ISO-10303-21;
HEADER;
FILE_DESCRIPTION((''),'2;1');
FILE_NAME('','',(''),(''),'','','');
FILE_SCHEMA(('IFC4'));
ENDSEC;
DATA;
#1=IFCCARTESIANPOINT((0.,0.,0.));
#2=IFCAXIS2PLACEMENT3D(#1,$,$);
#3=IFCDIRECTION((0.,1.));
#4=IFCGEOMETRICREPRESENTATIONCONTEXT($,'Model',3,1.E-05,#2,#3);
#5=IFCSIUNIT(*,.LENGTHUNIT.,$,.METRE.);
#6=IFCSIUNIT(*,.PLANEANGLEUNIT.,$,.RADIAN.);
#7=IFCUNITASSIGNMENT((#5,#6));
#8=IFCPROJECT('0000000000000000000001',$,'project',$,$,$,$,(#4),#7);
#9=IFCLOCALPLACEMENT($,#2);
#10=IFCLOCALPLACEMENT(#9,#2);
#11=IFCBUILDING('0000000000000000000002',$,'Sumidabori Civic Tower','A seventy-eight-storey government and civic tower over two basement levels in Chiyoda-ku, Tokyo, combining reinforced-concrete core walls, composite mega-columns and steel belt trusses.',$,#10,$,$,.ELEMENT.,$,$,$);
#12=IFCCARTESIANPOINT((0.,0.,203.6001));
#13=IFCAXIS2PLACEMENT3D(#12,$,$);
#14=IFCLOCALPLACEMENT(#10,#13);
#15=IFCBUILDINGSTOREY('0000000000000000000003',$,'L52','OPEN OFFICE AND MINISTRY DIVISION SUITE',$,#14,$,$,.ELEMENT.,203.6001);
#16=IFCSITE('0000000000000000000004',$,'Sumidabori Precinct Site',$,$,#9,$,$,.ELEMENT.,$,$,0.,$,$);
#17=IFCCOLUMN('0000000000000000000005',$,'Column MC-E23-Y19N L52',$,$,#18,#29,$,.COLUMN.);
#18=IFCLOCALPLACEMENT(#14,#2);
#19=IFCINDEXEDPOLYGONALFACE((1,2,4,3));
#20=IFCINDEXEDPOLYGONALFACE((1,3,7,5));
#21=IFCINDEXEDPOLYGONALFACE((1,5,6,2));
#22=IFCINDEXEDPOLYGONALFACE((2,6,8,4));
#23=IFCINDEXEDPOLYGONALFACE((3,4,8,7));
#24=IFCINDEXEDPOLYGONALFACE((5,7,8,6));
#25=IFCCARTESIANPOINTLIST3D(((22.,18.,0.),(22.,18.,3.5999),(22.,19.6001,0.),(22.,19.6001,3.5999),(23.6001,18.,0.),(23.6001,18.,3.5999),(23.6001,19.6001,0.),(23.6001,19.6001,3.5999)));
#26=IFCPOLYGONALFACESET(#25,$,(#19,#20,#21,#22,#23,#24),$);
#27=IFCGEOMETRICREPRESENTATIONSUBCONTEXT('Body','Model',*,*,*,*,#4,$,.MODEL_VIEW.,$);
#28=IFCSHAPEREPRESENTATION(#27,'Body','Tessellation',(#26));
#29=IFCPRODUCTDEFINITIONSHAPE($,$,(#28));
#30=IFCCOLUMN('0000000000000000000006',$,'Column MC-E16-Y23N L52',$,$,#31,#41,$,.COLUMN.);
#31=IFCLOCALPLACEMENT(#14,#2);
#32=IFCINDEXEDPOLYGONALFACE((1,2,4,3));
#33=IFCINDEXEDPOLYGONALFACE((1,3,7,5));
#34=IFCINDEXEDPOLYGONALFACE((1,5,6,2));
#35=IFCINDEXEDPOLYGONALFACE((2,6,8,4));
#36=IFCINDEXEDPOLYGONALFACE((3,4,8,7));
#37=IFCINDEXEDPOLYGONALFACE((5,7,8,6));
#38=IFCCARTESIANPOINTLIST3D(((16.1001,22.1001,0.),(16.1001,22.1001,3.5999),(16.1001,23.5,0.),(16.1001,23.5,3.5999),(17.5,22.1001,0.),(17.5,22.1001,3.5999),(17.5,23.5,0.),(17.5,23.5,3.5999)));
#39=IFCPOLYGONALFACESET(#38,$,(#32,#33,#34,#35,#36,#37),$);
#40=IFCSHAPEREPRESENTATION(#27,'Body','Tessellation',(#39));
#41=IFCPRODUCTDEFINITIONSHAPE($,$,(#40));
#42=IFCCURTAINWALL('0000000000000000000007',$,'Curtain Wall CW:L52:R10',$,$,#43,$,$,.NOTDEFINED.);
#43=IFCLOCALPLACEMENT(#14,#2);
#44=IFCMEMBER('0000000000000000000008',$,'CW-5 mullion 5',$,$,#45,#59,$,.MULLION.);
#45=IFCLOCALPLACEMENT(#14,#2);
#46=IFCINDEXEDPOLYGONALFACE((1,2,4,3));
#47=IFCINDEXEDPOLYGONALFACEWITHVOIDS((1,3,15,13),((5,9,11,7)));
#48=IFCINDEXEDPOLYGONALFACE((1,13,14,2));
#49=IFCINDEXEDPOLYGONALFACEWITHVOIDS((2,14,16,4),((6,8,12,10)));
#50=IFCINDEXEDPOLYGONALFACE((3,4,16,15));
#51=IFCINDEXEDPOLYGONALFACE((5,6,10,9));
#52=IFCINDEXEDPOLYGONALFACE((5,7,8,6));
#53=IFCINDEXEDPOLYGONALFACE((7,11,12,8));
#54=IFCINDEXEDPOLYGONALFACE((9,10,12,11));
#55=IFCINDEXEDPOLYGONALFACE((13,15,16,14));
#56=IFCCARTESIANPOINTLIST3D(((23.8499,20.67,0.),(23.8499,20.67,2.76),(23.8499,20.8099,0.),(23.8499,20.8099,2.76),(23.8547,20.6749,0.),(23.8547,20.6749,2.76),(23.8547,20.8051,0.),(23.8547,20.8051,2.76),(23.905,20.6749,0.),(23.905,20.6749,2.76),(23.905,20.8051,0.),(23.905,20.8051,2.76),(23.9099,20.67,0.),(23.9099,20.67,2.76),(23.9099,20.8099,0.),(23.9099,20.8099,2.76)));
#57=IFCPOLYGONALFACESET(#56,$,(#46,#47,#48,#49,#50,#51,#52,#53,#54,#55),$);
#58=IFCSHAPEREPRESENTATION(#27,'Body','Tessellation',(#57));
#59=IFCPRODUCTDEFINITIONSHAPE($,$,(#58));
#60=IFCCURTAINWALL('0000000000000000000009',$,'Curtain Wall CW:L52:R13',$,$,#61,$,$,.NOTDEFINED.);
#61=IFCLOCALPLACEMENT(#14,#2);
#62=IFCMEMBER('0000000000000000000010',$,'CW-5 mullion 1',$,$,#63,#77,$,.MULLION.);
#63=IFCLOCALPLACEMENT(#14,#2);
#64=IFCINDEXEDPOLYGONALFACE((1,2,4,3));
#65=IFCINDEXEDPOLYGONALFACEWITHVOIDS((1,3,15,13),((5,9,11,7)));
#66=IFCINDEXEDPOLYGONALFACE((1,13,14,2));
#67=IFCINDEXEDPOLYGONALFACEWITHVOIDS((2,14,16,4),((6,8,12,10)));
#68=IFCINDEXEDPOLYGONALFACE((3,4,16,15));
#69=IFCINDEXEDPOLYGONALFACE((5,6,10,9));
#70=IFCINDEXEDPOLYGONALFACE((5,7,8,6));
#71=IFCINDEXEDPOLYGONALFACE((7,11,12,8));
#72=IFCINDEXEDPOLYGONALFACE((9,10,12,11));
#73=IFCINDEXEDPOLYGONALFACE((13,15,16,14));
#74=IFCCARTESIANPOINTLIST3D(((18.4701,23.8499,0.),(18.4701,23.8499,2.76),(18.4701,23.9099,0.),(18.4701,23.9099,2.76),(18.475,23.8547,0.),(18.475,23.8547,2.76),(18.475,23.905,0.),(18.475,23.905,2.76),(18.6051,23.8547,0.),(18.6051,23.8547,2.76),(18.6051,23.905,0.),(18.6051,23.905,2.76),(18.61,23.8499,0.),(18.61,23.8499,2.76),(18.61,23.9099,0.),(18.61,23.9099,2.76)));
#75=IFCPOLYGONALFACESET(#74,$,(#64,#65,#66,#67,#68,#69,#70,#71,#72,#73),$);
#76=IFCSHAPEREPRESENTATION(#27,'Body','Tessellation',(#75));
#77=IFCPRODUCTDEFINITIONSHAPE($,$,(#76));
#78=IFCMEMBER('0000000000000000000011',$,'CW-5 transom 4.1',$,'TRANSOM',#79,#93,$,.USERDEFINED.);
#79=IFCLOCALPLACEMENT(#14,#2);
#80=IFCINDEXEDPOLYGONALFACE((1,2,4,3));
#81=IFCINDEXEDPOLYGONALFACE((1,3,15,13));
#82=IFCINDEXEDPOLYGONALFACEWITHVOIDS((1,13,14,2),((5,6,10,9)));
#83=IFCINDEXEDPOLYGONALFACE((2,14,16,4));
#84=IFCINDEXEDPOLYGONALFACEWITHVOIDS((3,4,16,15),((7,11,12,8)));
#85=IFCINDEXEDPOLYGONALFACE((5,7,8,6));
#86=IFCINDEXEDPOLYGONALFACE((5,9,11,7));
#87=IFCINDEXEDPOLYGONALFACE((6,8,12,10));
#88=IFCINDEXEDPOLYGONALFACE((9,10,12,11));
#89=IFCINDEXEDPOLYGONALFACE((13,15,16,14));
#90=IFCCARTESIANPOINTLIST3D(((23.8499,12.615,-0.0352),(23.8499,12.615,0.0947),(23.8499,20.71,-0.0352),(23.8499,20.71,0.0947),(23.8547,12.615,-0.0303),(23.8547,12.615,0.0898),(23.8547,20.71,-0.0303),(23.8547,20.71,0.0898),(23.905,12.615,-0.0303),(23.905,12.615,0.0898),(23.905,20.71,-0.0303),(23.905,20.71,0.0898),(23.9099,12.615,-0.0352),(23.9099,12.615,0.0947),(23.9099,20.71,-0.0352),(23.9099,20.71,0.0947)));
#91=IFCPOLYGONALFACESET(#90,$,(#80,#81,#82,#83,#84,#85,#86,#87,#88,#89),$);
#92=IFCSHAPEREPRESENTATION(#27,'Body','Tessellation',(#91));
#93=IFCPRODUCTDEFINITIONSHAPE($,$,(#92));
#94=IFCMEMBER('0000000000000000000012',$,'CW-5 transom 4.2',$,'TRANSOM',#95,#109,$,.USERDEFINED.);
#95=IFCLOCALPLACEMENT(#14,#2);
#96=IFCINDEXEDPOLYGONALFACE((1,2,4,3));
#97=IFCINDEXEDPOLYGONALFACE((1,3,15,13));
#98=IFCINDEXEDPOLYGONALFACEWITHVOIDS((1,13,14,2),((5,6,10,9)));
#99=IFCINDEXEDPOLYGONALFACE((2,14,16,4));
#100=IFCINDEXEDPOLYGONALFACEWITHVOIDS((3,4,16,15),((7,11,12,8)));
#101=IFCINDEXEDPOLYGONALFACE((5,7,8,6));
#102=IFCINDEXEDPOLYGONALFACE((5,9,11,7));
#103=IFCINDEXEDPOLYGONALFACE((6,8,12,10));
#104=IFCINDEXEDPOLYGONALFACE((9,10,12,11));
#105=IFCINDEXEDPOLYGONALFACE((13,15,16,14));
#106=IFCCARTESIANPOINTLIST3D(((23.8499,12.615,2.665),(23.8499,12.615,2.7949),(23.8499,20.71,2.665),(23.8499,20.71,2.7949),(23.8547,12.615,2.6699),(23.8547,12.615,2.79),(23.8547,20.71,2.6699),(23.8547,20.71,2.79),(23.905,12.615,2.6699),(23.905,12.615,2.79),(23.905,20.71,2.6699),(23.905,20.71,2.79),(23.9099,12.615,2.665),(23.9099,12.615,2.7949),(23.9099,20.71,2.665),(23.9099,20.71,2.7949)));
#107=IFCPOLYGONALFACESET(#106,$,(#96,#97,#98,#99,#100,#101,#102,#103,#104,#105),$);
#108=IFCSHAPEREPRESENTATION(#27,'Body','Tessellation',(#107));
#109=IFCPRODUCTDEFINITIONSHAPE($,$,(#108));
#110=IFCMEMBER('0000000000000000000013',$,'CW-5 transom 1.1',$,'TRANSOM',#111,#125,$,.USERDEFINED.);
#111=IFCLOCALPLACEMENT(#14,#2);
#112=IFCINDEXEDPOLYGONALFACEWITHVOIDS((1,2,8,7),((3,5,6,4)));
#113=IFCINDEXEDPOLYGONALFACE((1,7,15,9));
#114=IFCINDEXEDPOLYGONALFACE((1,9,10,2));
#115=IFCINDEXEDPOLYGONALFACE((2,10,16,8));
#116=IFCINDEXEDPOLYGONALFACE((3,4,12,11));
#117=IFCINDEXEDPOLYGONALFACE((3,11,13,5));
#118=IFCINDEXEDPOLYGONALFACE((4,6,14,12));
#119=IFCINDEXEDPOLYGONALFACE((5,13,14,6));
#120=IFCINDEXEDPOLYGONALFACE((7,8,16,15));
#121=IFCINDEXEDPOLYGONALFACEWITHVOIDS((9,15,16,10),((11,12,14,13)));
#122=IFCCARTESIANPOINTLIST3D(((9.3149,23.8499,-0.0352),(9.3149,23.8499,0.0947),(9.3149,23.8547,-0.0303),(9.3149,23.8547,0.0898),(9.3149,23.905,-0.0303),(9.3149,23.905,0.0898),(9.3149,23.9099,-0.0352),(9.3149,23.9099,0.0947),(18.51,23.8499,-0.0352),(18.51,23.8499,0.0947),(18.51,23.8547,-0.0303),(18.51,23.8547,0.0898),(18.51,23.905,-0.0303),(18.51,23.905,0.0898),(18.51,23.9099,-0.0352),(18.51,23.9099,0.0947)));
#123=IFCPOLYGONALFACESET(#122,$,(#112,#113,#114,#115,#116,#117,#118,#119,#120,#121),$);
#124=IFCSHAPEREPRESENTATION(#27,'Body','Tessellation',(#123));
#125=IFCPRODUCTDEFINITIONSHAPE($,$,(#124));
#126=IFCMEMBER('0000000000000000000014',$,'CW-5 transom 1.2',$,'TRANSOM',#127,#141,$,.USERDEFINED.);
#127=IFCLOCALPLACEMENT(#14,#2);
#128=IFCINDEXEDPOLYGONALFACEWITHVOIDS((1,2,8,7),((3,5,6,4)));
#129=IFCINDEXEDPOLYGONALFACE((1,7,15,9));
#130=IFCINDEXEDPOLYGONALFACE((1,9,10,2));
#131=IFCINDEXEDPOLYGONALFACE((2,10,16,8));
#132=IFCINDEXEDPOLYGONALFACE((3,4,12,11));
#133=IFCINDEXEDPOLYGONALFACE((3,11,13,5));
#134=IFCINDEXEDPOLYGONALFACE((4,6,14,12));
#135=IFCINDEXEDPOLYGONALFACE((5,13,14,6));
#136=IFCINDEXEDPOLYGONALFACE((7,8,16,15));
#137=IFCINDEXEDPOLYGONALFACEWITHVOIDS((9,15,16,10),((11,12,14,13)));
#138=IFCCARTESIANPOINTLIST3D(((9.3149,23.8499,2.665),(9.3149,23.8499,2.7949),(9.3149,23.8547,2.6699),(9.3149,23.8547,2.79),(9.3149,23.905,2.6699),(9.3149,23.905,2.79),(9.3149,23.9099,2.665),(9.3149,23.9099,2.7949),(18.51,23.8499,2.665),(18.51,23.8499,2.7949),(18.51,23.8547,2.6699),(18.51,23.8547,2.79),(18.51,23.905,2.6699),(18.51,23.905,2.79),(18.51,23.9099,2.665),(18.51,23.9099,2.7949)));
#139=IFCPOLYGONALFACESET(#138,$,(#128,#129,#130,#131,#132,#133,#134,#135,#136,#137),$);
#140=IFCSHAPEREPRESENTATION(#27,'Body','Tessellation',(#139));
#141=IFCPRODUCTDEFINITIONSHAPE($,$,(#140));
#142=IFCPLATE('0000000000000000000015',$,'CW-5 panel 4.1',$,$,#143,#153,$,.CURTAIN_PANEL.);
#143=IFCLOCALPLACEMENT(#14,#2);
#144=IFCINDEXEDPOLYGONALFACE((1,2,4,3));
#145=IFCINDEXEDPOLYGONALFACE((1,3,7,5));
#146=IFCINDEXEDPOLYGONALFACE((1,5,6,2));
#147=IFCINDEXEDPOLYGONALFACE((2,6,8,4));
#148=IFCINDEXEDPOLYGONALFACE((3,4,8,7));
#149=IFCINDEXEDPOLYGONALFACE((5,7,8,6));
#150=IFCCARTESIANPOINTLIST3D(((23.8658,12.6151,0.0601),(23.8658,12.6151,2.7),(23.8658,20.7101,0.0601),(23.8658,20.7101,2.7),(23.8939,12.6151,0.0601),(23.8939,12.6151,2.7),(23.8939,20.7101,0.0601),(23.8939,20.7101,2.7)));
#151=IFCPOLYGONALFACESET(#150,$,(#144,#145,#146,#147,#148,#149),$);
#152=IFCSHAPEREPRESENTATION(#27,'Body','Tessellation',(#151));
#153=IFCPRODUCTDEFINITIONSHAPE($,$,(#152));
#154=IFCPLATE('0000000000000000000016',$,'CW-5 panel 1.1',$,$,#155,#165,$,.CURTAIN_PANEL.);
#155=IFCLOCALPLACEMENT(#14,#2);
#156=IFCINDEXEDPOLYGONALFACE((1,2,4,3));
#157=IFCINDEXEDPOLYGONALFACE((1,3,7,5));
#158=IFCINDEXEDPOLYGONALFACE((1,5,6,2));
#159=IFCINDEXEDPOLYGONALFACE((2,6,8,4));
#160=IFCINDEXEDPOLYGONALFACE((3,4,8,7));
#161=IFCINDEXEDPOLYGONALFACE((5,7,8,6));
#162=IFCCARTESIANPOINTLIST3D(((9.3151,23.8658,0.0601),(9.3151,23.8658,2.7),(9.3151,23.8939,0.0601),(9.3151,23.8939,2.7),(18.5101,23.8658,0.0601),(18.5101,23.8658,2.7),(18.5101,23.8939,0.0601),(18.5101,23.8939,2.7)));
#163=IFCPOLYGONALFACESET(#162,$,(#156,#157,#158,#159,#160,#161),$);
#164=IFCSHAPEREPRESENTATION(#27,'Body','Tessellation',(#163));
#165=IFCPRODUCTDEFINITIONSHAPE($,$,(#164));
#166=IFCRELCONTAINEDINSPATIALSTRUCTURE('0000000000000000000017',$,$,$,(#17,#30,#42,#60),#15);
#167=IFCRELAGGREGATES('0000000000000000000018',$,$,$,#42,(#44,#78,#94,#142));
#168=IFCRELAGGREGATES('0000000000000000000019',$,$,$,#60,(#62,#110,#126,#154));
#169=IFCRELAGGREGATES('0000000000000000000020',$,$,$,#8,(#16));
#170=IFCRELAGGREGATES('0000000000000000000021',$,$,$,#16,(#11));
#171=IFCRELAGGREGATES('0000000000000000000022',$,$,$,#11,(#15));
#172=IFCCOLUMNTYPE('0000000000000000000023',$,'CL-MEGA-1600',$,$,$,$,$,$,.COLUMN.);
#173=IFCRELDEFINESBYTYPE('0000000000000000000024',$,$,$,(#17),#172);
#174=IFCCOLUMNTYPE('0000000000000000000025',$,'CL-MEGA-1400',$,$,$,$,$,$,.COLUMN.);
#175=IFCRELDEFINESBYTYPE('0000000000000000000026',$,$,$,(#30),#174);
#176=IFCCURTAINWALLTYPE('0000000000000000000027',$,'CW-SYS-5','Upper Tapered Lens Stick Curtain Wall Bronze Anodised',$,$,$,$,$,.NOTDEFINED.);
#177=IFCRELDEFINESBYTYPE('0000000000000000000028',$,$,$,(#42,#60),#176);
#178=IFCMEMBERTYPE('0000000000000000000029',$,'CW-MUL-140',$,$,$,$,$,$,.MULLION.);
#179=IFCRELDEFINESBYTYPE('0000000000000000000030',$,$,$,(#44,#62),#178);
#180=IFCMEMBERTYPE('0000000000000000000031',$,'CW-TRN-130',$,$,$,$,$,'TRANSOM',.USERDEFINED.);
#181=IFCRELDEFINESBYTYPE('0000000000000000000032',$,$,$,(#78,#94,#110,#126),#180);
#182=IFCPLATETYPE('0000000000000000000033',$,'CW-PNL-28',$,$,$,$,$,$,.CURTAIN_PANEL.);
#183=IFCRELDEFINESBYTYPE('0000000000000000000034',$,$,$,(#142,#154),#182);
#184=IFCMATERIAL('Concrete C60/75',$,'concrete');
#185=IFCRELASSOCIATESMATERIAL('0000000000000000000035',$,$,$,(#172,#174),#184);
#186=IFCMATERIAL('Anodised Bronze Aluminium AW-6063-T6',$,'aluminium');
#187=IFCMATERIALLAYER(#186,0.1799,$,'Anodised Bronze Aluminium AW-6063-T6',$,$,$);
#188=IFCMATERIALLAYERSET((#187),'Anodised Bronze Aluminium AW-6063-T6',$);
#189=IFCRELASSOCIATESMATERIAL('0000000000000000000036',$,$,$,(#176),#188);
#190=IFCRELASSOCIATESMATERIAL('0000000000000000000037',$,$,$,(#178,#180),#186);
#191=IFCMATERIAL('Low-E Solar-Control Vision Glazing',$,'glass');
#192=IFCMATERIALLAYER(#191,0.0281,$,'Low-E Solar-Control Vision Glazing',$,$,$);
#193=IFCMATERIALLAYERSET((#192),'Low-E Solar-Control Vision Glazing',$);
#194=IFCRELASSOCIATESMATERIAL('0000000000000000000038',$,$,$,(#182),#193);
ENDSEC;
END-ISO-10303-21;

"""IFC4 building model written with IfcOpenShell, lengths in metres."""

from ifc_helpers import new_model, si_unit, direction, frame, origin, origin_2d, place, context, subcontext, project, spatial, rectangle, hollow_rectangle, extrude, source, transform, mapped, material, layer, layer_set, material_profile, profile_set, type_object, element, aggregate, save


model = new_model("IFC4")

# Units and contexts
model_context = context("Model", 3, precision=1e-05, world=origin(), true_north=direction((0.0, 1.0)))
body_context = subcontext(model_context, "Body", "Model", "MODEL_VIEW")
ifc_project = project(units=[si_unit("LENGTHUNIT", "METRE"), si_unit("PLANEANGLEUNIT", "RADIAN")], contexts=[model_context])

# Site, building, storey
site_placement = place(None, origin())
site = spatial("IfcSite", under=ifc_project, at=site_placement, Name="Sumidabori Precinct Site", CompositionType="ELEMENT", RefElevation=0.0)
building_placement = place(site_placement, origin())
building = spatial("IfcBuilding", under=site, at=building_placement, Name="Sumidabori Civic Tower", Description="A seventy-eight-storey government and civic tower over two basement levels in Chiyoda-ku, Tokyo, combining reinforced-concrete core walls, composite mega-columns and steel belt trusses.", CompositionType="ELEMENT")
storey_placement = place(building_placement, frame((0.0, 0.0, 203.6001)))
storey = spatial("IfcBuildingStorey", under=building, at=storey_placement, Name="L52", Description="OPEN OFFICE AND MINISTRY DIVISION SUITE", CompositionType="ELEMENT", Elevation=203.6001)

# Columns
ifc_material_1 = material(Name="Concrete C60/75", Category="concrete")
ifc_material_profile_1 = material_profile(ifc_material_1, rectangle(XDim=1.6001, YDim=1.6001, at=origin_2d()), Name="RC 1600x1600")
ifc_profile_set_1 = profile_set([ifc_material_profile_1], Name="Concrete C60/75")
column_type_1 = type_object("IfcColumnType", Name="CL-MEGA-1600", PredefinedType="COLUMN", material=ifc_profile_set_1)
shared_shape_1 = source(origin(), body_context, "Body", "SweptSolid", [
    extrude(rectangle(XDim=1.6001, YDim=1.6001, at=origin_2d()), origin(), (0.0, 0.0, 1.0), 3.5999),
])
column_1_placement = place(storey_placement, frame((22.8, 18.8, 0.0), z_axis=(0.0, 0.0, 1.0), x_axis=(1.0, 0.0, 0.0)))
element("IfcColumn", 1, at=column_1_placement, inside=storey, type_object=column_type_1, Name="Column MC-E23-Y19N L52", PredefinedType="COLUMN", context=body_context, shape_type="MappedRepresentation", body=[
    mapped(shared_shape_1, transform((0.0, 0.0, 0.0), x_axis=(1.0, 0.0, 0.0), y_axis=(0.0, 1.0, 0.0), z_axis=(0.0, 0.0, 1.0), scale=1.0)),
])
ifc_material_profile_2 = material_profile(ifc_material_1, rectangle(XDim=1.3999, YDim=1.3999, at=origin_2d()), Name="RC 1400x1400")
ifc_profile_set_2 = profile_set([ifc_material_profile_2], Name="Concrete C60/75")
column_type_2 = type_object("IfcColumnType", Name="CL-MEGA-1400", PredefinedType="COLUMN", material=ifc_profile_set_2)
shared_shape_2 = source(origin(), body_context, "Body", "SweptSolid", [
    extrude(rectangle(XDim=1.3999, YDim=1.3999, at=origin_2d()), origin(), (0.0, 0.0, 1.0), 3.5999),
])
column_2_placement = place(storey_placement, frame((16.8, 22.8, 0.0), z_axis=(0.0, 0.0, 1.0), x_axis=(1.0, 0.0, 0.0)))
element("IfcColumn", 2, at=column_2_placement, inside=storey, type_object=column_type_2, Name="Column MC-E16-Y23N L52", PredefinedType="COLUMN", context=body_context, shape_type="MappedRepresentation", body=[
    mapped(shared_shape_2, transform((0.0, 0.0, 0.0), x_axis=(1.0, 0.0, 0.0), y_axis=(0.0, 1.0, 0.0), z_axis=(0.0, 0.0, 1.0), scale=1.0)),
])

# Curtain walls, members
ifc_material_2 = material(Name="Anodised Bronze Aluminium AW-6063-T6", Category="aluminium")
ifc_layer_1 = layer(ifc_material_2, 0.1799, Name="Anodised Bronze Aluminium AW-6063-T6")
ifc_layer_set_1 = layer_set([ifc_layer_1], Name="Anodised Bronze Aluminium AW-6063-T6")
curtain_wall_type = type_object("IfcCurtainWallType", Name="CW-SYS-5", Description="Upper Tapered Lens Stick Curtain Wall Bronze Anodised", PredefinedType="NOTDEFINED", material=ifc_layer_set_1)
curtain_wall_1_placement = place(storey_placement, origin())
curtain_wall_1 = element("IfcCurtainWall", 3, at=curtain_wall_1_placement, inside=storey, type_object=curtain_wall_type, Name="Curtain Wall CW:L52:R10", PredefinedType="NOTDEFINED")
ifc_material_profile_3 = material_profile(ifc_material_2, hollow_rectangle(XDim=0.0601, YDim=0.1399, WallThickness=0.0049, at=origin_2d()), Name="ALU MULLION 140x60")
ifc_profile_set_3 = profile_set([ifc_material_profile_3], Name="Anodised Bronze Aluminium AW-6063-T6")
member_type_1 = type_object("IfcMemberType", Name="CW-MUL-140", PredefinedType="MULLION", material=ifc_profile_set_3)
shared_shape_3 = source(origin(), body_context, "Body", "SweptSolid", [
    extrude(hollow_rectangle(XDim=0.0601, YDim=0.1399, WallThickness=0.0049, at=origin_2d()), origin(), (0.0, 0.0, 1.0), 2.76),
])
member_1_placement = place(storey_placement, frame((23.8799, 20.74, 0.0), z_axis=(0.0, 0.0, 1.0), x_axis=(-1.0, 0.0, 0.0)))
member_1 = element("IfcMember", 4, at=member_1_placement, type_object=member_type_1, Name="CW-5 mullion 5", PredefinedType="MULLION", context=body_context, shape_type="MappedRepresentation", body=[
    mapped(shared_shape_3, transform((0.0, 0.0, 0.0), x_axis=(1.0, 0.0, 0.0), y_axis=(0.0, 1.0, 0.0), z_axis=(0.0, 0.0, 1.0), scale=1.0)),
])
curtain_wall_2_placement = place(storey_placement, origin())
curtain_wall_2 = element("IfcCurtainWall", 5, at=curtain_wall_2_placement, inside=storey, type_object=curtain_wall_type, Name="Curtain Wall CW:L52:R13", PredefinedType="NOTDEFINED")
member_2_placement = place(storey_placement, frame((18.54, 23.8799, 0.0), z_axis=(0.0, 0.0, 1.0), x_axis=(0.0, -1.0, 0.0)))
member_2 = element("IfcMember", 6, at=member_2_placement, type_object=member_type_1, Name="CW-5 mullion 1", PredefinedType="MULLION", context=body_context, shape_type="MappedRepresentation", body=[
    mapped(shared_shape_3, transform((0.0, 0.0, 0.0), x_axis=(1.0, 0.0, 0.0), y_axis=(0.0, 1.0, 0.0), z_axis=(0.0, 0.0, 1.0), scale=1.0)),
])

# Members
ifc_material_profile_4 = material_profile(ifc_material_2, hollow_rectangle(XDim=0.0601, YDim=0.1299, WallThickness=0.0049, at=origin_2d()), Name="ALU TRANSOM 130x60")
ifc_profile_set_4 = profile_set([ifc_material_profile_4], Name="Anodised Bronze Aluminium AW-6063-T6")
member_type_2 = type_object("IfcMemberType", Name="CW-TRN-130", ElementType="TRANSOM", PredefinedType="USERDEFINED", material=ifc_profile_set_4)
shared_shape_4 = source(origin(), body_context, "Body", "SweptSolid", [
    extrude(hollow_rectangle(XDim=0.0601, YDim=0.1299, WallThickness=0.0049, at=origin_2d()), origin(), (0.0, 0.0, 1.0), 8.095),
])
member_3_placement = place(storey_placement, frame((23.8799, 12.615, 0.0298), z_axis=(0.0, 1.0, 0.0), x_axis=(-1.0, 0.0, 0.0)))
member_3 = element("IfcMember", 7, at=member_3_placement, type_object=member_type_2, Name="CW-5 transom 4.1", ObjectType="TRANSOM", PredefinedType="USERDEFINED", context=body_context, shape_type="MappedRepresentation", body=[
    mapped(shared_shape_4, transform((0.0, 0.0, 0.0), x_axis=(1.0, 0.0, 0.0), y_axis=(0.0, 1.0, 0.0), z_axis=(0.0, 0.0, 1.0), scale=1.0)),
])
member_4_placement = place(storey_placement, frame((23.8799, 12.615, 2.73), z_axis=(0.0, 1.0, 0.0), x_axis=(-1.0, 0.0, 0.0)))
member_4 = element("IfcMember", 8, at=member_4_placement, type_object=member_type_2, Name="CW-5 transom 4.2", ObjectType="TRANSOM", PredefinedType="USERDEFINED", context=body_context, shape_type="MappedRepresentation", body=[
    mapped(shared_shape_4, transform((0.0, 0.0, 0.0), x_axis=(1.0, 0.0, 0.0), y_axis=(0.0, 1.0, 0.0), z_axis=(0.0, 0.0, 1.0), scale=1.0)),
])
shared_shape_5 = source(origin(), body_context, "Body", "SweptSolid", [
    extrude(hollow_rectangle(XDim=0.0601, YDim=0.1299, WallThickness=0.0049, at=origin_2d()), origin(), (0.0, 0.0, 1.0), 9.1951),
])
member_5_placement = place(storey_placement, frame((18.51, 23.8799, 0.0298), z_axis=(-1.0, 0.0, 0.0), x_axis=(0.0, -1.0, 0.0)))
member_5 = element("IfcMember", 9, at=member_5_placement, type_object=member_type_2, Name="CW-5 transom 1.1", ObjectType="TRANSOM", PredefinedType="USERDEFINED", context=body_context, shape_type="MappedRepresentation", body=[
    mapped(shared_shape_5, transform((0.0, 0.0, 0.0), x_axis=(1.0, 0.0, 0.0), y_axis=(0.0, 1.0, 0.0), z_axis=(0.0, 0.0, 1.0), scale=1.0)),
])
member_6_placement = place(storey_placement, frame((18.51, 23.8799, 2.73), z_axis=(-1.0, 0.0, 0.0), x_axis=(0.0, -1.0, 0.0)))
member_6 = element("IfcMember", 10, at=member_6_placement, type_object=member_type_2, Name="CW-5 transom 1.2", ObjectType="TRANSOM", PredefinedType="USERDEFINED", context=body_context, shape_type="MappedRepresentation", body=[
    mapped(shared_shape_5, transform((0.0, 0.0, 0.0), x_axis=(1.0, 0.0, 0.0), y_axis=(0.0, 1.0, 0.0), z_axis=(0.0, 0.0, 1.0), scale=1.0)),
])

# Plates
ifc_material_3 = material(Name="Low-E Solar-Control Vision Glazing", Category="glass")
ifc_layer_2 = layer(ifc_material_3, 0.0281, Name="Low-E Solar-Control Vision Glazing")
ifc_layer_set_2 = layer_set([ifc_layer_2], Name="Low-E Solar-Control Vision Glazing")
plate_type = type_object("IfcPlateType", Name="CW-PNL-28", PredefinedType="CURTAIN_PANEL", material=ifc_layer_set_2)
shared_shape_6 = source(origin(), body_context, "Body", "SweptSolid", [
    extrude(rectangle(XDim=8.095, YDim=0.0281, at=origin_2d()), origin(), (0.0, 0.0, 1.0), 2.6399),
])
plate_1_placement = place(storey_placement, frame((23.8799, 16.6626, 0.0601), z_axis=(0.0, 0.0, 1.0), x_axis=(0.0, 1.0, 0.0)))
plate_1 = element("IfcPlate", 11, at=plate_1_placement, type_object=plate_type, Name="CW-5 panel 4.1", PredefinedType="CURTAIN_PANEL", context=body_context, shape_type="MappedRepresentation", body=[
    mapped(shared_shape_6, transform((0.0, 0.0, 0.0), x_axis=(1.0, 0.0, 0.0), y_axis=(0.0, 1.0, 0.0), z_axis=(0.0, 0.0, 1.0), scale=1.0)),
])
aggregate(curtain_wall_1, [member_1, member_3, member_4, plate_1])
shared_shape_7 = source(origin(), body_context, "Body", "SweptSolid", [
    extrude(rectangle(XDim=9.1951, YDim=0.0281, at=origin_2d()), origin(), (0.0, 0.0, 1.0), 2.6399),
])
plate_2_placement = place(storey_placement, frame((13.9126, 23.8799, 0.0601), z_axis=(0.0, 0.0, 1.0), x_axis=(-1.0, 0.0, 0.0)))
plate_2 = element("IfcPlate", 12, at=plate_2_placement, type_object=plate_type, Name="CW-5 panel 1.1", PredefinedType="CURTAIN_PANEL", context=body_context, shape_type="MappedRepresentation", body=[
    mapped(shared_shape_7, transform((0.0, 0.0, 0.0), x_axis=(1.0, 0.0, 0.0), y_axis=(0.0, 1.0, 0.0), z_axis=(0.0, 0.0, 1.0), scale=1.0)),
])
aggregate(curtain_wall_2, [member_2, member_5, member_6, plate_2])

save(model, "model.ifc")
